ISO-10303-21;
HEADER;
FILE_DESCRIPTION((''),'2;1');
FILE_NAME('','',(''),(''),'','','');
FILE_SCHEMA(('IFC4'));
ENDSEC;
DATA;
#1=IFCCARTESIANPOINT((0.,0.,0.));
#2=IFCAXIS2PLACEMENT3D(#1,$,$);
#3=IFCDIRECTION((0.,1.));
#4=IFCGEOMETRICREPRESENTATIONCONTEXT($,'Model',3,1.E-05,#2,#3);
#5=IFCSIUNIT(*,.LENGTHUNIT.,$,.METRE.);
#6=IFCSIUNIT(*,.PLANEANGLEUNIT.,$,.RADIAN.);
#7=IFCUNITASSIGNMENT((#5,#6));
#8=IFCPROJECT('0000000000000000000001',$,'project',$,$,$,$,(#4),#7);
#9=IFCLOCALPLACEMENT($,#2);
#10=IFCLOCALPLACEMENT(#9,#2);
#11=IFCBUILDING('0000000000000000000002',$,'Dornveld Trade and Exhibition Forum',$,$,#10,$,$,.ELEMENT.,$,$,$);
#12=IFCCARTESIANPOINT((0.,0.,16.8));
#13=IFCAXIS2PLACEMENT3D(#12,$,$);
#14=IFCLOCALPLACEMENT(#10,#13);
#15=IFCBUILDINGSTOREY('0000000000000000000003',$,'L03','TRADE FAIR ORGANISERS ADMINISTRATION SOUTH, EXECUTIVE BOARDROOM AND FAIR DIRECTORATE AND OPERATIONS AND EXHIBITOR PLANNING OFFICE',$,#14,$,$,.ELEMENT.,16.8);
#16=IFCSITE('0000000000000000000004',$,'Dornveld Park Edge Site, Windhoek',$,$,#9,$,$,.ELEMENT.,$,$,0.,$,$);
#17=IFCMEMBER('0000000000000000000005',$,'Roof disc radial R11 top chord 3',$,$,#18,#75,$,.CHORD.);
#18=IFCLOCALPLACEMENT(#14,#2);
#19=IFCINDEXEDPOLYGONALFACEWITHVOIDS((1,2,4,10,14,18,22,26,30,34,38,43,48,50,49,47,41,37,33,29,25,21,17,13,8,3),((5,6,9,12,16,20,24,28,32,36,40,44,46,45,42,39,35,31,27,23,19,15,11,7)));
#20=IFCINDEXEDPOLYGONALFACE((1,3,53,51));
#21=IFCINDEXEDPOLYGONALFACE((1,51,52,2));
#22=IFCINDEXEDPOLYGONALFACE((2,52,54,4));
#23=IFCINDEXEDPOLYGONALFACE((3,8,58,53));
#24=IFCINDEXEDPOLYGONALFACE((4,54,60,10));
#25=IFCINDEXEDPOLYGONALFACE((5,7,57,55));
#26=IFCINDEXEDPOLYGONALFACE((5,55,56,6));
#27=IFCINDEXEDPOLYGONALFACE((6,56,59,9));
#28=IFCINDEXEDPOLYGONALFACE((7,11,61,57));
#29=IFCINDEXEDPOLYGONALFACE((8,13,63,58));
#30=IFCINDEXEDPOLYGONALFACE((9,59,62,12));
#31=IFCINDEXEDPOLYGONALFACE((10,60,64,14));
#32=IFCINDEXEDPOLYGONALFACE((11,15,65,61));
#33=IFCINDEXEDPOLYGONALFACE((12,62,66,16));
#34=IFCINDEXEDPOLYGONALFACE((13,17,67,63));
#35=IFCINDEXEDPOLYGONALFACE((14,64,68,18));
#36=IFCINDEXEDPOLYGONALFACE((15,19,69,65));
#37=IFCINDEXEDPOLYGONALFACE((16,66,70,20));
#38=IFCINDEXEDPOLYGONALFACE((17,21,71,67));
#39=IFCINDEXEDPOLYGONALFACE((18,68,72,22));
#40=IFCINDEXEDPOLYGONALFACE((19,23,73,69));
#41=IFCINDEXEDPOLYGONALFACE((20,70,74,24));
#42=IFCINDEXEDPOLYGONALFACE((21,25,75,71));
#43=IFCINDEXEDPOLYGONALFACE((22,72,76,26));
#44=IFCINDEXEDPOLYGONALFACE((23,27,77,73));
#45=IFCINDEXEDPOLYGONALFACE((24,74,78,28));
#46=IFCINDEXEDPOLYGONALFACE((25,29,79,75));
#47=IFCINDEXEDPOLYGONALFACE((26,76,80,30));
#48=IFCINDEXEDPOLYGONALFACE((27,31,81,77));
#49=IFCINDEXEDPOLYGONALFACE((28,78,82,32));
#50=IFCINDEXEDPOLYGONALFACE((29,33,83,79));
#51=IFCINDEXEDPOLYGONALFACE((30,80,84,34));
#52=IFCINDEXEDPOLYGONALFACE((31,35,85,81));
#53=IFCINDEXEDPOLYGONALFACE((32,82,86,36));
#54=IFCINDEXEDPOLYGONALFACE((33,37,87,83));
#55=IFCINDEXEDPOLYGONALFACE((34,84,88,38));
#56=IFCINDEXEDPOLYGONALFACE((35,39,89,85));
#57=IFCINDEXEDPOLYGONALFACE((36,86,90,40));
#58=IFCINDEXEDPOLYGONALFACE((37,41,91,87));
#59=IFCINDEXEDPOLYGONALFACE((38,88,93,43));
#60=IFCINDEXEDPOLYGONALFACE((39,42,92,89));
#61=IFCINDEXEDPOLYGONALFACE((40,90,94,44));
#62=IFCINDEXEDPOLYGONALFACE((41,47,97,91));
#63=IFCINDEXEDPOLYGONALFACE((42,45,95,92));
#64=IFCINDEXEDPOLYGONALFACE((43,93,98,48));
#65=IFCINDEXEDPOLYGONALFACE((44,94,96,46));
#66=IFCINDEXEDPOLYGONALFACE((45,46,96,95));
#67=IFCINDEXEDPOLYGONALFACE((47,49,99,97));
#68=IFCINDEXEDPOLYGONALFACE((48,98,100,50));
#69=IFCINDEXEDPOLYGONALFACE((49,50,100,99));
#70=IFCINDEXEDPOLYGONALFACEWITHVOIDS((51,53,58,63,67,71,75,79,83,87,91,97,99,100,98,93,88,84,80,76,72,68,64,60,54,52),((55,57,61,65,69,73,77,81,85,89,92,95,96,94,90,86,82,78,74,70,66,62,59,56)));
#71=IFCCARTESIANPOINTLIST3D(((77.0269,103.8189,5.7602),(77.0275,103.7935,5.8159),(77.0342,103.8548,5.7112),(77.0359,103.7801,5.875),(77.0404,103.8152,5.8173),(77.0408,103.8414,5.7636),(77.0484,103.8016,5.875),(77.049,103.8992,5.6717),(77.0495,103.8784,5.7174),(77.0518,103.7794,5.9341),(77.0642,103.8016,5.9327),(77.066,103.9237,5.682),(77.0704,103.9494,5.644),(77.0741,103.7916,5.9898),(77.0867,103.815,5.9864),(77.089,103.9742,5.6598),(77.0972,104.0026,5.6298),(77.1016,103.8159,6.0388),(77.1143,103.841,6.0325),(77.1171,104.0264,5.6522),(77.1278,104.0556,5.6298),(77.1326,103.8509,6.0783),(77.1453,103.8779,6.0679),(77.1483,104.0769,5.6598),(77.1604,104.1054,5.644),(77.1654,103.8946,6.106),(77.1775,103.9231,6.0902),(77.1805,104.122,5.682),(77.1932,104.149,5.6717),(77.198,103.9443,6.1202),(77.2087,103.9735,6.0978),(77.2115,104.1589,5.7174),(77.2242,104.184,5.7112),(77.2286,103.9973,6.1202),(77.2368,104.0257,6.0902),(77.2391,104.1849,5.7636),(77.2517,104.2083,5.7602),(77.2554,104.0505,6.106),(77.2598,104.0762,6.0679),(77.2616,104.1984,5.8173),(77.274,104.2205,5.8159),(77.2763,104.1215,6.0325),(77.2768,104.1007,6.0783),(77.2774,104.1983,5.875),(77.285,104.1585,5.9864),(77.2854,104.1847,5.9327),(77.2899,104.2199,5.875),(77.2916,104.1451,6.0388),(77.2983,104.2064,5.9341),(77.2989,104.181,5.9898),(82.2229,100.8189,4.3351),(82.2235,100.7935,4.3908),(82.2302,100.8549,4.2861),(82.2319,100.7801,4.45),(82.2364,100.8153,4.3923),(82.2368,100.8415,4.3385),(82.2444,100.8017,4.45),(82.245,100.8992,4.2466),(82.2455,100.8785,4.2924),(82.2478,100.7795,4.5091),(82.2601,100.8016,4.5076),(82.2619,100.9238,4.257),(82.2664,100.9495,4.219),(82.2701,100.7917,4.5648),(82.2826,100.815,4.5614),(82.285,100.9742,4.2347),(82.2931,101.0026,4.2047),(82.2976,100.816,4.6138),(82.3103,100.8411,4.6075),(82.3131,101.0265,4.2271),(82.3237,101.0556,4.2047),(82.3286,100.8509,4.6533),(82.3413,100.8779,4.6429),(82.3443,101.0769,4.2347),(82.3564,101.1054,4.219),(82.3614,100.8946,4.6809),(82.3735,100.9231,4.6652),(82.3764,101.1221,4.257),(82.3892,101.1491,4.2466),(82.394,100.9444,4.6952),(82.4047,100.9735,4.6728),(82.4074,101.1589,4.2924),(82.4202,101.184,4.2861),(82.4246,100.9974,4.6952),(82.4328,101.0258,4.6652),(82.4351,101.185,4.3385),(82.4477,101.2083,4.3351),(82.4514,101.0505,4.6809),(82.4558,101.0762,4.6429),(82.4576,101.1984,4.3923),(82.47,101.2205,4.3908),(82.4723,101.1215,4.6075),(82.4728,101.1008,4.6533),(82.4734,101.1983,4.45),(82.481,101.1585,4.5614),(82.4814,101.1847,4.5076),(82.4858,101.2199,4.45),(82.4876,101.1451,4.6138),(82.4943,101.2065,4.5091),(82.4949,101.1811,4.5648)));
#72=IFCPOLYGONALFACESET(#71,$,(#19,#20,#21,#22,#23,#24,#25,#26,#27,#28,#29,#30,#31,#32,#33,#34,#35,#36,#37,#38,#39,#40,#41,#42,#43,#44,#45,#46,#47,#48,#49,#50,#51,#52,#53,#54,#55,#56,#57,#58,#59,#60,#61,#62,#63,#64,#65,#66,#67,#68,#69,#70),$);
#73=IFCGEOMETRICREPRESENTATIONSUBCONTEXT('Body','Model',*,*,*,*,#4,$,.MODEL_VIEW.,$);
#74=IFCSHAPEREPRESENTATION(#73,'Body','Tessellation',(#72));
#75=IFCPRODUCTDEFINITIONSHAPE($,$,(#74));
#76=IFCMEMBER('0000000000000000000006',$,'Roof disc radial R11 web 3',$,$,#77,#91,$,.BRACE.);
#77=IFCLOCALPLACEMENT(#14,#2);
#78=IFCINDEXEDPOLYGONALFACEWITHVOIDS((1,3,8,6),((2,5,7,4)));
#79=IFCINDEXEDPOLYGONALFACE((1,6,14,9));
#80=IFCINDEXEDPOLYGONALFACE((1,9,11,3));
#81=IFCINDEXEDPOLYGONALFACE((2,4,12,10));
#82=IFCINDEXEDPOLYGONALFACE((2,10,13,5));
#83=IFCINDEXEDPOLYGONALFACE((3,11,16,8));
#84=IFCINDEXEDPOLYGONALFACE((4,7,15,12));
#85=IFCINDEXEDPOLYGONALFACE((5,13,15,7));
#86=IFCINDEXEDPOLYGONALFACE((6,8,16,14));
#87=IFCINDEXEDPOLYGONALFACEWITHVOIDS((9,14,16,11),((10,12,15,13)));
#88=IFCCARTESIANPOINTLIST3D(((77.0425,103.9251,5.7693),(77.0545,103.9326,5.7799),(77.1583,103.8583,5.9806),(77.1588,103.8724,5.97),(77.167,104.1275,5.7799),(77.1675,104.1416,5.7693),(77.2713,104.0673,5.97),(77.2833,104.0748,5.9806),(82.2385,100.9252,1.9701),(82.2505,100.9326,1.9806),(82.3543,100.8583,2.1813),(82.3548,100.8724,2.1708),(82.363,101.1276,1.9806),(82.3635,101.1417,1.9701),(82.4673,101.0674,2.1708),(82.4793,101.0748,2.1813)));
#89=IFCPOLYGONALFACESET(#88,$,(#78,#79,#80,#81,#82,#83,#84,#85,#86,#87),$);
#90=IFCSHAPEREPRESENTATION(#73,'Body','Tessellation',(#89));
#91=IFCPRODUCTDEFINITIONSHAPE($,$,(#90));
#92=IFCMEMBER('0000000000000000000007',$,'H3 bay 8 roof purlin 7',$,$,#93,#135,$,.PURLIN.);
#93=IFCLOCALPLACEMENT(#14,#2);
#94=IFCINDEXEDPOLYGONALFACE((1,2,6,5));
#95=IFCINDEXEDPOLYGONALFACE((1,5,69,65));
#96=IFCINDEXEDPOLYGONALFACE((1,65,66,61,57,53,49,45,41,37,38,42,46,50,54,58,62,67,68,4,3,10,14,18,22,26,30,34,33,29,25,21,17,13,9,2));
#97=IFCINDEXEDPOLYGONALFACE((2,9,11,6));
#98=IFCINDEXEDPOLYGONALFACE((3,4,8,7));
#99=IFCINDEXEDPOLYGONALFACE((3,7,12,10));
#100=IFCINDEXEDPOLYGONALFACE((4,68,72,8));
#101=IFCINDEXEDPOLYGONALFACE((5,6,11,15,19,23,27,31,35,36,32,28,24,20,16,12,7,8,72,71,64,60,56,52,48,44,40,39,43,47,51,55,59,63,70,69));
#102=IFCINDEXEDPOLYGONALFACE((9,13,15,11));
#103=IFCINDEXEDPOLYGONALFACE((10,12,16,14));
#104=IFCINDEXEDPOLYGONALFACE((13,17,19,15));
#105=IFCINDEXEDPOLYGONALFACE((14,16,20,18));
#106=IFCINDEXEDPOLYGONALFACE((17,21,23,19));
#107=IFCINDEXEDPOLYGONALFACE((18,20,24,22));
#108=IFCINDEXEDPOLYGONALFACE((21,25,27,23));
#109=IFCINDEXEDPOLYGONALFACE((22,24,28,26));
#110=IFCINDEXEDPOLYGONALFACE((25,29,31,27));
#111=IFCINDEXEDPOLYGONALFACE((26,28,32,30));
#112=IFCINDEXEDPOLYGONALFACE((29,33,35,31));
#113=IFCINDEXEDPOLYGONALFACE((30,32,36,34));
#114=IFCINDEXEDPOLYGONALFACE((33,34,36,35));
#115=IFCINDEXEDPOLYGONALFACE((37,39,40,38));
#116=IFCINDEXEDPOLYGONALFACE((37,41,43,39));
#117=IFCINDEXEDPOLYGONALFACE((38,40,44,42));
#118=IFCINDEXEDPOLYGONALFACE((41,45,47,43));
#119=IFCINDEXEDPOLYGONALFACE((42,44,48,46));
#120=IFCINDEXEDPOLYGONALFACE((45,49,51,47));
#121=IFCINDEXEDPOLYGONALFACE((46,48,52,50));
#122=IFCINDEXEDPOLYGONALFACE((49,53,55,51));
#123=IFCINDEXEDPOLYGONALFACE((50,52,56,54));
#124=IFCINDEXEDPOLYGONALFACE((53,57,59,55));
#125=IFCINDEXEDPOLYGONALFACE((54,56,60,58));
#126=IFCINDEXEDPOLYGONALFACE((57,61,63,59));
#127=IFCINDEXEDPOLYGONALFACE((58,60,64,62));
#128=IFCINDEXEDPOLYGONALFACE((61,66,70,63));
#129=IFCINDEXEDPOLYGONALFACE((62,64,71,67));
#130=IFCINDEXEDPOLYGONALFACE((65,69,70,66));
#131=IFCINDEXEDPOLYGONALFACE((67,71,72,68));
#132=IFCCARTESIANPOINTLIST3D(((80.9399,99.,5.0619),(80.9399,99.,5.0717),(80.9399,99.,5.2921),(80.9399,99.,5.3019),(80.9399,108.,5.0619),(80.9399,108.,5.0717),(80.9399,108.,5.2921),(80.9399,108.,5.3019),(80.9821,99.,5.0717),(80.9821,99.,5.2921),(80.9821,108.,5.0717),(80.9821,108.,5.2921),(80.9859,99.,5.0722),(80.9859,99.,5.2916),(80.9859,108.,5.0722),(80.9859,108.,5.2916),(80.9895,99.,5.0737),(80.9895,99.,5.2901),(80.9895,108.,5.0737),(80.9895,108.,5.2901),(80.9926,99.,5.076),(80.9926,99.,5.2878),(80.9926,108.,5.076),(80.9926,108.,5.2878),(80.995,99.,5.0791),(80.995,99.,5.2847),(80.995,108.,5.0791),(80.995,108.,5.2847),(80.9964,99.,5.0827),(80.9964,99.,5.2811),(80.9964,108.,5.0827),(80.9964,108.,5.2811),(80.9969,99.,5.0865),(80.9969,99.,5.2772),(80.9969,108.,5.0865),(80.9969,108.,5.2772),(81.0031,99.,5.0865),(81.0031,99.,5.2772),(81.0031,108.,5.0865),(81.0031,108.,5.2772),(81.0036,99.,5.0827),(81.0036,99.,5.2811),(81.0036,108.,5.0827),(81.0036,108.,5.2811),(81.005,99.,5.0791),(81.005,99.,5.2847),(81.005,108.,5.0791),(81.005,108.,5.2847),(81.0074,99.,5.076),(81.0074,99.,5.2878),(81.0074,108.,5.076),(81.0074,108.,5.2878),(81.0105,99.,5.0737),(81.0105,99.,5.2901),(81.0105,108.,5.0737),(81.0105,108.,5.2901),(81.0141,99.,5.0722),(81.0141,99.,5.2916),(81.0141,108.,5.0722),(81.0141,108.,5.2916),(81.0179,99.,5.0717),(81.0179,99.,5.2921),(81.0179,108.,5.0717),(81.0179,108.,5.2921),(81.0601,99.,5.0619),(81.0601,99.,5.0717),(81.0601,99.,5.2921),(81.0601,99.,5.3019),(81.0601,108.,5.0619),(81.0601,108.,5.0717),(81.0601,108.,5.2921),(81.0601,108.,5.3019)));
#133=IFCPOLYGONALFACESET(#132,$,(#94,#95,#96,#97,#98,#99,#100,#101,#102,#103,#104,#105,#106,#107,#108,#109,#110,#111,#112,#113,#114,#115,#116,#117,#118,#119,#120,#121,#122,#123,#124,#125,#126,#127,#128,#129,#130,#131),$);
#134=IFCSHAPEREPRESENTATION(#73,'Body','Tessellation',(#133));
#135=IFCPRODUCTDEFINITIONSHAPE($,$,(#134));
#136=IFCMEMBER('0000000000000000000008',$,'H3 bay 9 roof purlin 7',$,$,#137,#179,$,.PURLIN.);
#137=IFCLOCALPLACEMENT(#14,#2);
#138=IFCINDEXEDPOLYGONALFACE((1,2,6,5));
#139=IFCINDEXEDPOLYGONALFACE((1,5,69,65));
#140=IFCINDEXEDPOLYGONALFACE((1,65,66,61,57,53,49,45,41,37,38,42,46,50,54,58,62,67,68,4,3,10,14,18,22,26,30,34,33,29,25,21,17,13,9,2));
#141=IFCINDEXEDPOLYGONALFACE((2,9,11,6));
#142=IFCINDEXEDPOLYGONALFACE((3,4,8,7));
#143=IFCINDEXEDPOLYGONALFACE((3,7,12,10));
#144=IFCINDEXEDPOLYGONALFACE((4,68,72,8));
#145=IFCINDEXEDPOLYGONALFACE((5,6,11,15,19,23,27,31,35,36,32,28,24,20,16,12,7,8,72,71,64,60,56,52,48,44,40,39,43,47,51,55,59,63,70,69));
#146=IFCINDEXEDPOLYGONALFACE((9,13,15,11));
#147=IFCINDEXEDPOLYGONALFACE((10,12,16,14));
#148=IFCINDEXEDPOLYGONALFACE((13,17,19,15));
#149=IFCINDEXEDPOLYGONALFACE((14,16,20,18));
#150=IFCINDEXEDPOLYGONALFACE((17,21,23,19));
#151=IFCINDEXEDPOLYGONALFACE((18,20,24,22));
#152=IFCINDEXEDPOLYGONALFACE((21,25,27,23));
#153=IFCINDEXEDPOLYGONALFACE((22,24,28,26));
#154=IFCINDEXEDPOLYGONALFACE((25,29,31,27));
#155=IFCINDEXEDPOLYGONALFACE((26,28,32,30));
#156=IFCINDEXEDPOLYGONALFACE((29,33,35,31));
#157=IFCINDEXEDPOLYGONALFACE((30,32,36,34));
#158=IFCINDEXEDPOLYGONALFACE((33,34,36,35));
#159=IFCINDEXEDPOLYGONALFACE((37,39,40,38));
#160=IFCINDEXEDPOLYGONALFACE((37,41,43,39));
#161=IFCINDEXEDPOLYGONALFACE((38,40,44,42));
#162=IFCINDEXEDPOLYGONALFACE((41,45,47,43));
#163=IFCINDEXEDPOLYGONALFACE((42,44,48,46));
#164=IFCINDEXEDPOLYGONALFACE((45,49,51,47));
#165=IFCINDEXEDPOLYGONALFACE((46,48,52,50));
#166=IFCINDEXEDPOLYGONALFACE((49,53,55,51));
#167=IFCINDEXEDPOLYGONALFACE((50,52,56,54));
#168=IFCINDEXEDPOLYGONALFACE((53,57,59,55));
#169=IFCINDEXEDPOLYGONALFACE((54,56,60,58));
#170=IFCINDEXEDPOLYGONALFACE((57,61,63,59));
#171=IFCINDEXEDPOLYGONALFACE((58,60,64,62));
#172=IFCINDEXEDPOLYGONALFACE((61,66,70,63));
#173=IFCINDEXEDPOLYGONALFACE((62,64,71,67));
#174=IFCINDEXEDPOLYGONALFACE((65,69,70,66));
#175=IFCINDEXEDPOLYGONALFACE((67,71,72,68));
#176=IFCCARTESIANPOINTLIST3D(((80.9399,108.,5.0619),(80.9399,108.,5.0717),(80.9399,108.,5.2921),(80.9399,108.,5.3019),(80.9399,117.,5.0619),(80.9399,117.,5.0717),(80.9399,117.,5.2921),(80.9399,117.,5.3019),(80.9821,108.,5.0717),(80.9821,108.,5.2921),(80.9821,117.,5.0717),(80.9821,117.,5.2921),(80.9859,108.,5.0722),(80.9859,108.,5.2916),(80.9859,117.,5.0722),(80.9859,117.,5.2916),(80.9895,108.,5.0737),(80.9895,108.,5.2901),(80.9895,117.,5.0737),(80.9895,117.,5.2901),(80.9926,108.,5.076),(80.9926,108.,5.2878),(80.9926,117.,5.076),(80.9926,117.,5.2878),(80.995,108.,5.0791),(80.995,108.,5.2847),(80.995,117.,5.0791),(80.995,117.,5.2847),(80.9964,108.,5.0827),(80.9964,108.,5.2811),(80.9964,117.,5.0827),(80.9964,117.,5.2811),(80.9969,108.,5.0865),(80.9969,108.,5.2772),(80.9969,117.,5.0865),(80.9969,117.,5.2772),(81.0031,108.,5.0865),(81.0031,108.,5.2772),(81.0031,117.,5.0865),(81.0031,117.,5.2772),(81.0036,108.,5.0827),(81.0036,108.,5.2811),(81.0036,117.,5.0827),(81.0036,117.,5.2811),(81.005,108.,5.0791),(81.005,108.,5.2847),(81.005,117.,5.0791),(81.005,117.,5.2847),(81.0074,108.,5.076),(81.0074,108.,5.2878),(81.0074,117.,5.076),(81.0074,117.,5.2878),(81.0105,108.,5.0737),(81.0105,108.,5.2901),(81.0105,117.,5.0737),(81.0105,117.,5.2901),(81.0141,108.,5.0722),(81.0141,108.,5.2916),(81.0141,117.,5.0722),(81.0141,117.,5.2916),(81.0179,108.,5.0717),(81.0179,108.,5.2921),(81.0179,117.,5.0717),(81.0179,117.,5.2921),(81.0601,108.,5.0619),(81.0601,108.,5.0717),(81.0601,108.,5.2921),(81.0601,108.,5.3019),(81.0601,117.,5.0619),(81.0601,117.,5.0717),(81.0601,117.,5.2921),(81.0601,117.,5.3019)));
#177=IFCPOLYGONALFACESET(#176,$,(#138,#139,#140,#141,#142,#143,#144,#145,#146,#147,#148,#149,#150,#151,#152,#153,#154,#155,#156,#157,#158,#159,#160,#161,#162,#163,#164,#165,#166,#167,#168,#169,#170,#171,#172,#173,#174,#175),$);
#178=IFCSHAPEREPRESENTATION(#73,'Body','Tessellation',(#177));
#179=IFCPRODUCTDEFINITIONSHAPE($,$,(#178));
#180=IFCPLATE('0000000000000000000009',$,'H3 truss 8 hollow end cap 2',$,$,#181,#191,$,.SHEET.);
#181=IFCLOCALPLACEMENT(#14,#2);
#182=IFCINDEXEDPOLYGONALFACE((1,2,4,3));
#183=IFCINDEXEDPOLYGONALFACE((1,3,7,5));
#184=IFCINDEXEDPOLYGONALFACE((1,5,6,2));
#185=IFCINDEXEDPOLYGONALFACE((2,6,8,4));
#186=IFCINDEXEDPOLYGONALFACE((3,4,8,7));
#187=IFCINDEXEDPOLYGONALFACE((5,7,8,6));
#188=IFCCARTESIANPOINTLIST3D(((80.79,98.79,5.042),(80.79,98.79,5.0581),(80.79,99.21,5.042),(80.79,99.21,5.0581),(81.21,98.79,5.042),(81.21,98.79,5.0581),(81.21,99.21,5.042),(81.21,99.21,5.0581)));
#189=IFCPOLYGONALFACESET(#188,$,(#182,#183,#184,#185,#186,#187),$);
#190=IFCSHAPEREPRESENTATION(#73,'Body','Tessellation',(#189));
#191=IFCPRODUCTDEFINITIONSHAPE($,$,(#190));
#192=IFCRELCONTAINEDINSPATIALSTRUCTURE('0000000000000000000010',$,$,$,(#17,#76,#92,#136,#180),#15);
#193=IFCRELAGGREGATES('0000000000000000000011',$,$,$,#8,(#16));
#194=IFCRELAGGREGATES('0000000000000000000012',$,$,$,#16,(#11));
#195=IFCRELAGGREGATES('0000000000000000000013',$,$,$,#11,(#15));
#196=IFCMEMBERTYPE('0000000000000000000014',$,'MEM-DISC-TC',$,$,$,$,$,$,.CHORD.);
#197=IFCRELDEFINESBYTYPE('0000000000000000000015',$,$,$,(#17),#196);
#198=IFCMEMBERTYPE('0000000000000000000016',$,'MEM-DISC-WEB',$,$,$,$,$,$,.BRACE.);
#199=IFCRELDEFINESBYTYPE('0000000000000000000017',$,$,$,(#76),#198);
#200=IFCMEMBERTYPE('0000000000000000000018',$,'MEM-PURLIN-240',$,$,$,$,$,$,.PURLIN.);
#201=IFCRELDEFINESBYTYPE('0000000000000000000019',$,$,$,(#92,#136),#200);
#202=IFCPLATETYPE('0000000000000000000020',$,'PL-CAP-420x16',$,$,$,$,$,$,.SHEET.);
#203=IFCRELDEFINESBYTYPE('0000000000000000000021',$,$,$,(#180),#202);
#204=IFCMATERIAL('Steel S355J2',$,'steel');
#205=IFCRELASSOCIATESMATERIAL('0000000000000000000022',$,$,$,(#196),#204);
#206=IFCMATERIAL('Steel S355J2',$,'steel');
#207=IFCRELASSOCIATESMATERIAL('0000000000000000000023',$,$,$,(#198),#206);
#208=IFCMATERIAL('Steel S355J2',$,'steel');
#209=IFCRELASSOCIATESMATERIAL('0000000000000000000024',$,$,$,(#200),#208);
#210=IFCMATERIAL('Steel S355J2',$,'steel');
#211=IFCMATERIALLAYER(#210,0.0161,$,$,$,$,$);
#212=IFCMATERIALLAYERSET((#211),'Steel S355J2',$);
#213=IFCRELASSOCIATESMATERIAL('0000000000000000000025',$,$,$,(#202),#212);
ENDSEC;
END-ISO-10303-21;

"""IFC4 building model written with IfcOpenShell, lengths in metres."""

from ifc_helpers import new_model, si_unit, direction, frame, origin, origin_2d, place, context, subcontext, project, spatial, rectangle, hollow_rectangle, hollow_circle, i_section, extrude, material, layer, layer_set, material_profile, profile_set, type_object, element, save


model = new_model("IFC4")

# Units and contexts
model_context = context("Model", 3, precision=1e-05, world=origin(), true_north=direction((0.0, 1.0)))
body_context = subcontext(model_context, "Body", "Model", "MODEL_VIEW")
ifc_project = project(units=[si_unit("LENGTHUNIT", "METRE"), si_unit("PLANEANGLEUNIT", "RADIAN")], contexts=[model_context])

# Site, building, storey
site_placement = place(None, origin())
site = spatial("IfcSite", under=ifc_project, at=site_placement, Name="Dornveld Park Edge Site, Windhoek", CompositionType="ELEMENT", RefElevation=0.0)
building_placement = place(site_placement, origin())
building = spatial("IfcBuilding", under=site, at=building_placement, Name="Dornveld Trade and Exhibition Forum", CompositionType="ELEMENT")
storey_placement = place(building_placement, frame((0.0, 0.0, 16.8)))
storey = spatial("IfcBuildingStorey", under=building, at=storey_placement, Name="L03", Description="TRADE FAIR ORGANISERS ADMINISTRATION SOUTH, EXECUTIVE BOARDROOM AND FAIR DIRECTORATE AND OPERATIONS AND EXHIBITOR PLANNING OFFICE", CompositionType="ELEMENT", Elevation=16.8)

# Members
ifc_material_1 = material(Name="Steel S355J2", Category="steel")
ifc_material_profile_1 = material_profile(ifc_material_1, hollow_circle(Radius=0.2539, WallThickness=0.0249, at=origin_2d()), Name="CHS 508x25")
ifc_profile_set_1 = profile_set([ifc_material_profile_1], Name="Steel S355J2")
member_type_1 = type_object("IfcMemberType", Name="MEM-DISC-TC", PredefinedType="CHORD", material=ifc_profile_set_1)
member_1_placement = place(storey_placement, frame((82.3589, 101.0, 4.45), z_axis=(-0.842581, 0.486475, 0.231083), x_axis=(-0.500008, -0.866021, 0.0)))
element("IfcMember", 1, at=member_1_placement, inside=storey, type_object=member_type_1, Name="Roof disc radial R11 top chord 3", PredefinedType="CHORD", context=body_context, shape_type="SweptSolid", body=[
    extrude(hollow_circle(Radius=0.2539, WallThickness=0.0249, at=origin_2d()), origin(), (0.0, 0.0, 1.0), 6.1667),
])
ifc_material_2 = material(Name="Steel S355J2", Category="steel")
ifc_material_profile_2 = material_profile(ifc_material_2, hollow_rectangle(XDim=0.25, YDim=0.25, WallThickness=0.0125, at=origin_2d()), Name="SHS 250x250x12.5")
ifc_profile_set_2 = profile_set([ifc_material_profile_2], Name="Steel S355J2")
member_type_2 = type_object("IfcMemberType", Name="MEM-DISC-WEB", PredefinedType="BRACE", material=ifc_profile_set_2)
member_2_placement = place(storey_placement, frame((82.3589, 101.0, 2.0757), z_axis=(-0.731665, 0.422436, 0.534989), x_axis=(-0.500008, -0.866021, 0.0)))
element("IfcMember", 2, at=member_2_placement, inside=storey, type_object=member_type_2, Name="Roof disc radial R11 web 3", PredefinedType="BRACE", context=body_context, shape_type="SweptSolid", body=[
    extrude(hollow_rectangle(XDim=0.25, YDim=0.25, WallThickness=0.0125, at=origin_2d()), origin(), (0.0, 0.0, 1.0), 7.1016),
])
ifc_material_3 = material(Name="Steel S355J2", Category="steel")
ifc_material_profile_3 = material_profile(ifc_material_3, i_section(OverallWidth=0.1201, OverallDepth=0.24, WebThickness=0.0061, FlangeThickness=0.0098, FilletRadius=0.0149, at=origin_2d()), Name="IPE 240")
ifc_profile_set_3 = profile_set([ifc_material_profile_3], Name="Steel S355J2")
member_type_3 = type_object("IfcMemberType", Name="MEM-PURLIN-240", PredefinedType="PURLIN", material=ifc_profile_set_3)
for number, where, z_axis, x_axis, name in (
    (3, (81.0, 99.0, 5.1819), (0.0, 1.0, 0.0), (-1.0, 0.0, 0.0), "H3 bay 8 roof purlin 7"),
    (4, (81.0, 108.0, 5.1819), (0.0, 1.0, 0.0), (-1.0, 0.0, 0.0), "H3 bay 9 roof purlin 7"),
):
    element("IfcMember", number, at=place(storey_placement, frame(where, z_axis=z_axis, x_axis=x_axis)), inside=storey, type_object=member_type_3, Name=name, PredefinedType="PURLIN", context=body_context, shape_type="SweptSolid", body=[
        extrude(i_section(OverallWidth=0.1201, OverallDepth=0.24, WebThickness=0.0061, FlangeThickness=0.0098, FilletRadius=0.0149, at=origin_2d()), origin(), (0.0, 0.0, 1.0), 9.0),
    ])

# Plate
ifc_material_4 = material(Name="Steel S355J2", Category="steel")
ifc_layer_1 = layer(ifc_material_4, 0.0161)
ifc_layer_set_1 = layer_set([ifc_layer_1], Name="Steel S355J2")
plate_type_1 = type_object("IfcPlateType", Name="PL-CAP-420x16", PredefinedType="SHEET", material=ifc_layer_set_1)
for number, where, z_axis, x_axis, name in (
    (5, (81.0, 99.0, 5.042), (0.0, 0.0, 1.0), (1.0, 0.0, 0.0), "H3 truss 8 hollow end cap 2"),
):
    element("IfcPlate", number, at=place(storey_placement, frame(where, z_axis=z_axis, x_axis=x_axis)), inside=storey, type_object=plate_type_1, Name=name, PredefinedType="SHEET", context=body_context, shape_type="SweptSolid", body=[
        extrude(rectangle(XDim=0.4199, YDim=0.4199, at=origin_2d()), origin(), (0.0, 0.0, 1.0), 0.0161),
    ])

save(model, "model.ifc")
